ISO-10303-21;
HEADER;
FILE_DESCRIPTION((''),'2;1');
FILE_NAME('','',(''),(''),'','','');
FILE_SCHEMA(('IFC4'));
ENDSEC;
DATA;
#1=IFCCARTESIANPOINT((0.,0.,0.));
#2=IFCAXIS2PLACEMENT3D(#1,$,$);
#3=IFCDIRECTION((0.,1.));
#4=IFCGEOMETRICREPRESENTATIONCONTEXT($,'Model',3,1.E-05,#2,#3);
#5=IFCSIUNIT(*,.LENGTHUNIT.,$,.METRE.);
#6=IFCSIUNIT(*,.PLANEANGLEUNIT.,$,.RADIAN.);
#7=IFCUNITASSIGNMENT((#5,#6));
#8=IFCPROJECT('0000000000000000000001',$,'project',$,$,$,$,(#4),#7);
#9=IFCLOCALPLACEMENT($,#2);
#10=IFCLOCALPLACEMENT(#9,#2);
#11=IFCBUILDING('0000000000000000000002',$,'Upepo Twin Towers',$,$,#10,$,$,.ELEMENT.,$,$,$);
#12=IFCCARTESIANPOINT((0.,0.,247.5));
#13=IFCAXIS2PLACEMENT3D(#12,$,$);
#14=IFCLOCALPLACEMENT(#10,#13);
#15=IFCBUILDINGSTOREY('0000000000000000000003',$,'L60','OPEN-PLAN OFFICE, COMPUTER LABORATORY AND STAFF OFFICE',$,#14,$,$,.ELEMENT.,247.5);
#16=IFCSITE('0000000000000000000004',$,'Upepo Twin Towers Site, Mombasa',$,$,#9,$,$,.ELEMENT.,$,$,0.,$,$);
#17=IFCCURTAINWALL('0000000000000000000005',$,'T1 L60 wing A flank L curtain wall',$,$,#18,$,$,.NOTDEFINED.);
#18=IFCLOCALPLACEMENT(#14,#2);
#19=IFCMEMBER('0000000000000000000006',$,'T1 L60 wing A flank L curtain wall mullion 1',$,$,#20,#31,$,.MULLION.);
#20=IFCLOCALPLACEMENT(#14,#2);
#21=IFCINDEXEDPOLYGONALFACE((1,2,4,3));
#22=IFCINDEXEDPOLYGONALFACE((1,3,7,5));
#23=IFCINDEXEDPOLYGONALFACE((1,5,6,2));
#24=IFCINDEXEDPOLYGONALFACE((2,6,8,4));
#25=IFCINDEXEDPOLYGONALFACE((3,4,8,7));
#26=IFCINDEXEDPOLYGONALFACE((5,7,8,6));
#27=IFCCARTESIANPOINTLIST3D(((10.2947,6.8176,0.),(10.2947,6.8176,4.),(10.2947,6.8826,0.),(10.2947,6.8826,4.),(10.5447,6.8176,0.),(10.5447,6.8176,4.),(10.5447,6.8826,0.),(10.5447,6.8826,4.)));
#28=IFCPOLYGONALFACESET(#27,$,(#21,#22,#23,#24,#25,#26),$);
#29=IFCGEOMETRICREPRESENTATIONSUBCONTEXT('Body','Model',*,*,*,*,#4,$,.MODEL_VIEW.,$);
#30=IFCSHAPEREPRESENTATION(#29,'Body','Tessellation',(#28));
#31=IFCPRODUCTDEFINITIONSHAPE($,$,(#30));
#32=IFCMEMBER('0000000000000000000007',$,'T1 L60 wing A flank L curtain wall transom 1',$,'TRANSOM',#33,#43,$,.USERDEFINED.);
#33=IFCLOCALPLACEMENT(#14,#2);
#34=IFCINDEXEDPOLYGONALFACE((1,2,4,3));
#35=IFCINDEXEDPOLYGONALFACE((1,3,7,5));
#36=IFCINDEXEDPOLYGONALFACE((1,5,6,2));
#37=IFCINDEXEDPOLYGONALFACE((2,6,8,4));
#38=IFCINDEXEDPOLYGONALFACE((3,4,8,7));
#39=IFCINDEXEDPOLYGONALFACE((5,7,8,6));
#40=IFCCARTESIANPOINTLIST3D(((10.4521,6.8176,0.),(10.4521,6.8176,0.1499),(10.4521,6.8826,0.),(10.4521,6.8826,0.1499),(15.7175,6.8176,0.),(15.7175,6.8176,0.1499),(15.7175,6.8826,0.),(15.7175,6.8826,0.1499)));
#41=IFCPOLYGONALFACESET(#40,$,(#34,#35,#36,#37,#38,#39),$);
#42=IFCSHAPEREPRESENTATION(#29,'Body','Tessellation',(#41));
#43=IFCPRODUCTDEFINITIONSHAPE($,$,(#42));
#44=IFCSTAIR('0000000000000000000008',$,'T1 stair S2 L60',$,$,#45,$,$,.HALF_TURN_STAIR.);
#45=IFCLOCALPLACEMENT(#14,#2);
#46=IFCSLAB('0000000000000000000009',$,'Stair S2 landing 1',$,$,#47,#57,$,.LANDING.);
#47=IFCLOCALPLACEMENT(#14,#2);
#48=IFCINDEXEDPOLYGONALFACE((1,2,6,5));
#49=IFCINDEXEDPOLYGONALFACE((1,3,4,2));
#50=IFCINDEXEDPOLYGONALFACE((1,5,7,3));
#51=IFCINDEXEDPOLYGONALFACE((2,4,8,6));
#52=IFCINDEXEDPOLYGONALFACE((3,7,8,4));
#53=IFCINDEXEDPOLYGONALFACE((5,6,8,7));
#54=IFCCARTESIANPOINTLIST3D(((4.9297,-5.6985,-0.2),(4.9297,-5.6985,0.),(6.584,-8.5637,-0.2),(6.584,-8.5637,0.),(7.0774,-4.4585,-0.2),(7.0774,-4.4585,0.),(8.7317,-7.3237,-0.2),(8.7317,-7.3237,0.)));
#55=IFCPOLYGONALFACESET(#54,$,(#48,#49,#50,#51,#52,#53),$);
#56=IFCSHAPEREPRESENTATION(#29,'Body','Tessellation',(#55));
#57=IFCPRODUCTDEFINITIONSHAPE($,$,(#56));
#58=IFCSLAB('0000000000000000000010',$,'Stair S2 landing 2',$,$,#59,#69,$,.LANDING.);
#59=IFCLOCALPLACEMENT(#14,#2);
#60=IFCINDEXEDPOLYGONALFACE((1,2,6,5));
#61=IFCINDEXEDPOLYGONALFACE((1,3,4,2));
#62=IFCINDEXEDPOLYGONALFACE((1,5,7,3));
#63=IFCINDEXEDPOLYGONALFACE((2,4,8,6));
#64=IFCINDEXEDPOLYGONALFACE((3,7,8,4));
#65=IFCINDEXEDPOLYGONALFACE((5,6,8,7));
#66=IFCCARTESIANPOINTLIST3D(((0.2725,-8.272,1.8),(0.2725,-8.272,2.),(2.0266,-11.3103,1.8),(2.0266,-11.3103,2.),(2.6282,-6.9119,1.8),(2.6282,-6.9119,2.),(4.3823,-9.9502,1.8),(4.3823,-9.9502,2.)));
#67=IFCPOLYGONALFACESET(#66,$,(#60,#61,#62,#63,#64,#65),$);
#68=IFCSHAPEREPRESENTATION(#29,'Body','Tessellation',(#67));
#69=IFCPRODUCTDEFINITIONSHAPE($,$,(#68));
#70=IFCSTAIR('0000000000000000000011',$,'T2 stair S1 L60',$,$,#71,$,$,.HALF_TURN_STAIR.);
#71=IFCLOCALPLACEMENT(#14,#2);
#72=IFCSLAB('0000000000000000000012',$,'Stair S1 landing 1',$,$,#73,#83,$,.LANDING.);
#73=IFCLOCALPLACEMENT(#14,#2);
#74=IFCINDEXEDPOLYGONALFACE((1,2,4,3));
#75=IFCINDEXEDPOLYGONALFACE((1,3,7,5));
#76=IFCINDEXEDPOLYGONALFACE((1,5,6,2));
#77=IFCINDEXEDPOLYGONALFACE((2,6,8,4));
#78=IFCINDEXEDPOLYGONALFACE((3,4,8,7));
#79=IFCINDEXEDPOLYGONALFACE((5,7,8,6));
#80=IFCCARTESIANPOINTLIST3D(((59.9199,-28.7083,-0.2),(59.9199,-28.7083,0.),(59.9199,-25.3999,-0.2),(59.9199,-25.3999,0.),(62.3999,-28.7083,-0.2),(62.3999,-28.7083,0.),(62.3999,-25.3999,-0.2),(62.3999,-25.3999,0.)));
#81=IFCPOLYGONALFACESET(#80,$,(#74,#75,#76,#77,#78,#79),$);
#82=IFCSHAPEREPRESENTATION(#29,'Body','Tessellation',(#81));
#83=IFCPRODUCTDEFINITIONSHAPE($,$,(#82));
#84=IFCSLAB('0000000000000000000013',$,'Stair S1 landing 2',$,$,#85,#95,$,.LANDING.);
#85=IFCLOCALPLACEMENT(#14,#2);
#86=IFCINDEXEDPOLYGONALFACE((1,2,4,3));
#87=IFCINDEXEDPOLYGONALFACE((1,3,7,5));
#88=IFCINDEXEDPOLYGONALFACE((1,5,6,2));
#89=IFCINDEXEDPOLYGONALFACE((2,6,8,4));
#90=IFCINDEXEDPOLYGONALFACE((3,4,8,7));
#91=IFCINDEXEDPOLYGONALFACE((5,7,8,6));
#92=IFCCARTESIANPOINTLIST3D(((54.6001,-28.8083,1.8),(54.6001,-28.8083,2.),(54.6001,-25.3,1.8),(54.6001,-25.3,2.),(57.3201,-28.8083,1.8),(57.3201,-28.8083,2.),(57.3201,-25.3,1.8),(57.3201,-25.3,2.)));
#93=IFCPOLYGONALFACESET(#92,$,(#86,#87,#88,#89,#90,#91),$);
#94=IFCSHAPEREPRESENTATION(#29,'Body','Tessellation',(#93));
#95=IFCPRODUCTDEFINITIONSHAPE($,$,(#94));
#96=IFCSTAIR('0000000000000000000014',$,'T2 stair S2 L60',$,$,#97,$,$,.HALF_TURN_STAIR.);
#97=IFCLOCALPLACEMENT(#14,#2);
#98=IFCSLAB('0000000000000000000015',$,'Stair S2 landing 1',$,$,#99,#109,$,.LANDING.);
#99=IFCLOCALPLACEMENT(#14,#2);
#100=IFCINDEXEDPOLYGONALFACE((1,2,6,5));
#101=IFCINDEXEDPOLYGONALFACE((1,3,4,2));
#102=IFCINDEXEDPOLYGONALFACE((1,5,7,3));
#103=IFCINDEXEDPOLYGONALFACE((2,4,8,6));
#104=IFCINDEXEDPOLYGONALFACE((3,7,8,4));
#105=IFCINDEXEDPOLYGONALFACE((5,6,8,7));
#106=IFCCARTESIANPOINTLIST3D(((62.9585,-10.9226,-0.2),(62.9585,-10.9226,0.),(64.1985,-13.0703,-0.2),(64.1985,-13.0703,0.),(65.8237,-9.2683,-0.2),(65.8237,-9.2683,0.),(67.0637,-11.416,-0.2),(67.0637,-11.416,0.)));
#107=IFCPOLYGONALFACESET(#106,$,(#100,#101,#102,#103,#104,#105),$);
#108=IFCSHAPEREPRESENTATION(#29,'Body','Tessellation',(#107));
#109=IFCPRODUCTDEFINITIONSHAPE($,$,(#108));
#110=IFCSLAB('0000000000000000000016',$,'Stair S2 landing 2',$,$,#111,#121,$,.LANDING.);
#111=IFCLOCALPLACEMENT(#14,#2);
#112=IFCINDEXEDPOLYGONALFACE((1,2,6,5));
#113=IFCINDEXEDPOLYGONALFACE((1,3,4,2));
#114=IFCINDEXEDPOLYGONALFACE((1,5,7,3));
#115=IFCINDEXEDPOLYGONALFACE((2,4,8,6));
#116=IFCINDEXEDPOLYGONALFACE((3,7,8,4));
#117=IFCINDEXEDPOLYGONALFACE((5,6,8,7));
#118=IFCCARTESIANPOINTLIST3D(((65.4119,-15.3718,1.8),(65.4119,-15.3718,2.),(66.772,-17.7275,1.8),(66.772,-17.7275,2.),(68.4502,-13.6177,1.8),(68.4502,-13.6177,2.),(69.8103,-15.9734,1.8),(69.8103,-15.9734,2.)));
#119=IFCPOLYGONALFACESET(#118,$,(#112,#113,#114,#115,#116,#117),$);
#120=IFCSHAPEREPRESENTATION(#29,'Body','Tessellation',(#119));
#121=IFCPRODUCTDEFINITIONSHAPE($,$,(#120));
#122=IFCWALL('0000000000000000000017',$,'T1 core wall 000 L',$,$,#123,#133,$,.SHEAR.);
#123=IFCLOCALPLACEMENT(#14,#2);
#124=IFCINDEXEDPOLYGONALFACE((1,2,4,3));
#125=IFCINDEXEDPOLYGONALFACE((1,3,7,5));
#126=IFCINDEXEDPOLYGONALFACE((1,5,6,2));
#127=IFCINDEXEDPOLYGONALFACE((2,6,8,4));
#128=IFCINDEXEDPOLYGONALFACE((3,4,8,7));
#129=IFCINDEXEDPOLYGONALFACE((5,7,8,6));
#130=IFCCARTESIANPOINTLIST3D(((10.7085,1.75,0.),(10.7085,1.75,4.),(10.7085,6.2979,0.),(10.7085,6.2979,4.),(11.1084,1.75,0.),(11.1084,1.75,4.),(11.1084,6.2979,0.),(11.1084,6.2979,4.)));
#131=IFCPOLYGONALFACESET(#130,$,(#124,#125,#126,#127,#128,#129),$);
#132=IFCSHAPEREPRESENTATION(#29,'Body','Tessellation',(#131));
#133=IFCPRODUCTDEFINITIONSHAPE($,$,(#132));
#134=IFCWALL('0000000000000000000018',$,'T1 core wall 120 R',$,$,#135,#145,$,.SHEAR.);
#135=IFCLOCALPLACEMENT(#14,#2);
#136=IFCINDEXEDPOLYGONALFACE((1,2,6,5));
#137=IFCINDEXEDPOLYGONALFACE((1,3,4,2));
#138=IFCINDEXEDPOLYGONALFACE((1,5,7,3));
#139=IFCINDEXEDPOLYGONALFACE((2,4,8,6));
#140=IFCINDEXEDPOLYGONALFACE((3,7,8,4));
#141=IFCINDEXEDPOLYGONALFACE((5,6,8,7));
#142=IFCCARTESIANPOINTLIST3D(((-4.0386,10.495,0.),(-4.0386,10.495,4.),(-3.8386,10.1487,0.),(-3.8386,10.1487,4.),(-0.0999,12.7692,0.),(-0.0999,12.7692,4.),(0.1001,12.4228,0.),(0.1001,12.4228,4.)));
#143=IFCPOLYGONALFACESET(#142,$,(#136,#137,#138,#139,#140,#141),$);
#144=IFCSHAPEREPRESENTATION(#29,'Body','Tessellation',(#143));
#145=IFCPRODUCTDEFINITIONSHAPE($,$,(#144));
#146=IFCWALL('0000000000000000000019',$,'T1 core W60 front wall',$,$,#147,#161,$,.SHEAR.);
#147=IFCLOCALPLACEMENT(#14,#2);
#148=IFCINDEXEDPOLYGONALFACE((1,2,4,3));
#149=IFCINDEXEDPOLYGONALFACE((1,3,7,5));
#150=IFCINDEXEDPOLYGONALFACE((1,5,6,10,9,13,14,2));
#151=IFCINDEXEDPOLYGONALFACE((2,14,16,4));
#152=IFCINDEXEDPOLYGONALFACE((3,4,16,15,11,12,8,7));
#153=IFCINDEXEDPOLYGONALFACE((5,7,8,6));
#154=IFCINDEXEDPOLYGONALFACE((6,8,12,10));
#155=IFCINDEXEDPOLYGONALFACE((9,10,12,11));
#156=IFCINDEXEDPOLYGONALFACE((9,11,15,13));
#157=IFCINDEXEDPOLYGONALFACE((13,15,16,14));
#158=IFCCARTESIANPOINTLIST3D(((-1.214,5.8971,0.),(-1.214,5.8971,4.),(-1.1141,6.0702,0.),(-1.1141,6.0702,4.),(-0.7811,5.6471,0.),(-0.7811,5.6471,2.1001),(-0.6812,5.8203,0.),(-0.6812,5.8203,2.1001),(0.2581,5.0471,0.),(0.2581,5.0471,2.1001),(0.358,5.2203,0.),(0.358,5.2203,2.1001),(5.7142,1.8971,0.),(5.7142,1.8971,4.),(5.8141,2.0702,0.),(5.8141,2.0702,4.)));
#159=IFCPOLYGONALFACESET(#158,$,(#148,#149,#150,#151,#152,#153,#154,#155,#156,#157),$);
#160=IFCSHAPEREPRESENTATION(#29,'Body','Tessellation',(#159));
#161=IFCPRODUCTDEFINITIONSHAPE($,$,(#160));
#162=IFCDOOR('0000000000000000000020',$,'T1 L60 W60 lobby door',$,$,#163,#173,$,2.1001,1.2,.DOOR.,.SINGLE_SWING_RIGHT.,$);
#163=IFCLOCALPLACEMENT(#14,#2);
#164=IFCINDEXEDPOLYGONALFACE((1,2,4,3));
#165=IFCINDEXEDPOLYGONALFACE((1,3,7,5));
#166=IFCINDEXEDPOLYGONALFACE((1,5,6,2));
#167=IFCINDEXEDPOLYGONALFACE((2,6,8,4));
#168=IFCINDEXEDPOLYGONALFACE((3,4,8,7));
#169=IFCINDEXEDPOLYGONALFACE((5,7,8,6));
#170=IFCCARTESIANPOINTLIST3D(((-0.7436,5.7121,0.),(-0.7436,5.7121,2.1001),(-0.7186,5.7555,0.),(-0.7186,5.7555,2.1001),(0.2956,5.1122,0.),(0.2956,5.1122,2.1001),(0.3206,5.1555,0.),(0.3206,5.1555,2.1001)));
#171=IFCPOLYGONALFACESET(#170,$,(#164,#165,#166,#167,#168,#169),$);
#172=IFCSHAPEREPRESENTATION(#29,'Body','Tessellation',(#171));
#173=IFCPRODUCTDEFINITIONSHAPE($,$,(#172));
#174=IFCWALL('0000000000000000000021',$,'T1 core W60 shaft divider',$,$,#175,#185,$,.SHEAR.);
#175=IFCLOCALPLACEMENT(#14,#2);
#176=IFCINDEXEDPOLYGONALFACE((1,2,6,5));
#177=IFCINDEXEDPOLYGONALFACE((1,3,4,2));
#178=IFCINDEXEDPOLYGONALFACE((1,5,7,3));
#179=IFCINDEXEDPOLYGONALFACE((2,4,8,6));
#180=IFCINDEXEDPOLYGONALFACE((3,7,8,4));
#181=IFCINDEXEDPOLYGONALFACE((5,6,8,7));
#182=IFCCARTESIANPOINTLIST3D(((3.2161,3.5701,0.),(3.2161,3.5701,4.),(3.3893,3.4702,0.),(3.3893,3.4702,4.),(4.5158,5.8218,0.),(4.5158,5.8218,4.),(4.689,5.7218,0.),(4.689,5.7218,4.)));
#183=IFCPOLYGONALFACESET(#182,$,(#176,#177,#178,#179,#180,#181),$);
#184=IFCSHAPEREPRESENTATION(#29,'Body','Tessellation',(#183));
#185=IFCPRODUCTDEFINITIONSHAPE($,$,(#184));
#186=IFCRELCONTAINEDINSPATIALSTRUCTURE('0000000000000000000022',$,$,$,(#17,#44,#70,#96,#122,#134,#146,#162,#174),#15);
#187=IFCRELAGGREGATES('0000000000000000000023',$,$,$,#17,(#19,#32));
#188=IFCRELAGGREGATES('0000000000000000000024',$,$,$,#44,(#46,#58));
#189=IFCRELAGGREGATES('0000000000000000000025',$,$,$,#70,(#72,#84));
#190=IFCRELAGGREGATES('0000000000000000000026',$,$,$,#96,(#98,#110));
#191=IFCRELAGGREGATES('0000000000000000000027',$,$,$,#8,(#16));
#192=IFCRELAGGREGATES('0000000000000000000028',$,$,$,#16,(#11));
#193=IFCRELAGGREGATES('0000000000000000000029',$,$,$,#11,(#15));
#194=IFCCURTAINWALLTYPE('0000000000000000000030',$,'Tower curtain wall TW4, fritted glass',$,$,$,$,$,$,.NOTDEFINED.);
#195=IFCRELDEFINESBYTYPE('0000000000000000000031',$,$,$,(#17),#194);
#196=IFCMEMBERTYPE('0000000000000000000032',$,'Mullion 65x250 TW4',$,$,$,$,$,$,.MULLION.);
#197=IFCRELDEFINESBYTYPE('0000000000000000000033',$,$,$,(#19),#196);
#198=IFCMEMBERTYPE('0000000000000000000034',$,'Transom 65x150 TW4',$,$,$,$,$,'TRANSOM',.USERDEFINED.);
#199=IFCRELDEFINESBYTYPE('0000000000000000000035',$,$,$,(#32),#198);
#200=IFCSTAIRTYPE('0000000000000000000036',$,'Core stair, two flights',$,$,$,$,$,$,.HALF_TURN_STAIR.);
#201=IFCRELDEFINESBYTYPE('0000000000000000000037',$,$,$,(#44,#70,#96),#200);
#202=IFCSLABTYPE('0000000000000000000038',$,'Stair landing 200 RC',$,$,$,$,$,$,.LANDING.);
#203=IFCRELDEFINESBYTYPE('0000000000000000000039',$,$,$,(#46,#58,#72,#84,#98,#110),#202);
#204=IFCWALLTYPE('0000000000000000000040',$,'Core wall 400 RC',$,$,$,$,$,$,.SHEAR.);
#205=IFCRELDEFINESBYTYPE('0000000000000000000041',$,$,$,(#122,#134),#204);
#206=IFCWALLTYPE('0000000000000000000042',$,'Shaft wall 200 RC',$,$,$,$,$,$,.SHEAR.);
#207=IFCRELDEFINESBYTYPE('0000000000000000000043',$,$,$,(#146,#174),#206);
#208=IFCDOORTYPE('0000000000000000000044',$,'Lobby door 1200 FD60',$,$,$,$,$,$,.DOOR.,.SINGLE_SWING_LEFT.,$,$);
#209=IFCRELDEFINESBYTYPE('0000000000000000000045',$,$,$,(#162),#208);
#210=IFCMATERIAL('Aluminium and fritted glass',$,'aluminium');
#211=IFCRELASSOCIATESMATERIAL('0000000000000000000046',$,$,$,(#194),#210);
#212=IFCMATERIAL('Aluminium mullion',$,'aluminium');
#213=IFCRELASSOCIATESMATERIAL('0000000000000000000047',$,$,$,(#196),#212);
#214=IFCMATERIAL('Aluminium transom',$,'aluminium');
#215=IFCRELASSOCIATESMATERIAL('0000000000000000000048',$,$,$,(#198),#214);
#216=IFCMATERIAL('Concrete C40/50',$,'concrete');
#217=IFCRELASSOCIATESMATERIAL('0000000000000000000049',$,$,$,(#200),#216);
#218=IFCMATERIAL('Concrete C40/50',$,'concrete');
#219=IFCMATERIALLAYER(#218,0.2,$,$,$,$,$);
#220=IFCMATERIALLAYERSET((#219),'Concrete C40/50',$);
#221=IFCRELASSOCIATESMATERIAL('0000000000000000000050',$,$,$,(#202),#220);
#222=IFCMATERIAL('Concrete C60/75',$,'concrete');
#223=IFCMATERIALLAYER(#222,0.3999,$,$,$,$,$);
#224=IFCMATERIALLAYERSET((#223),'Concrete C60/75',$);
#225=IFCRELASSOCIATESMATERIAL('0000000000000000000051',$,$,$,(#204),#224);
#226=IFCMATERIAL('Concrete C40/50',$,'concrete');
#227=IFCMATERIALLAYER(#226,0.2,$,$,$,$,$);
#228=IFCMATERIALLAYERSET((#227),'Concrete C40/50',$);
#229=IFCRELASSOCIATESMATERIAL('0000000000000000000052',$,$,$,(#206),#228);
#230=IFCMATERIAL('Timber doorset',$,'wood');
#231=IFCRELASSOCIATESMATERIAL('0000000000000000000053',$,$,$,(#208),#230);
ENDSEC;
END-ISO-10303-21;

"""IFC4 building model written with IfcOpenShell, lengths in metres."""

from ifc_helpers import new_model, si_unit, direction, frame, frame_2d, origin, origin_2d, place, context, subcontext, project, spatial, polyline, rectangle, outline, extrude, material, layer, layer_set, material_profile, profile_set, type_object, element, fill, aggregate, save


model = new_model("IFC4")

# Units and contexts
model_context = context("Model", 3, precision=1e-05, world=origin(), true_north=direction((0.0, 1.0)))
body_context = subcontext(model_context, "Body", "Model", "MODEL_VIEW")
ifc_project = project(units=[si_unit("LENGTHUNIT", "METRE"), si_unit("PLANEANGLEUNIT", "RADIAN")], contexts=[model_context])

# Site, building, storey
site_placement = place(None, origin())
site = spatial("IfcSite", under=ifc_project, at=site_placement, Name="Upepo Twin Towers Site, Mombasa", CompositionType="ELEMENT", RefElevation=0.0)
building_placement = place(site_placement, origin())
building = spatial("IfcBuilding", under=site, at=building_placement, Name="Upepo Twin Towers", CompositionType="ELEMENT")
storey_placement = place(building_placement, frame((0.0, 0.0, 247.5)))
storey = spatial("IfcBuildingStorey", under=building, at=storey_placement, Name="L60", Description="OPEN-PLAN OFFICE, COMPUTER LABORATORY AND STAFF OFFICE", CompositionType="ELEMENT", Elevation=247.5)

# Curtain wall, members
ifc_material_1 = material(Name="Aluminium and fritted glass", Category="aluminium")
curtain_wall_type = type_object("IfcCurtainWallType", Name="Tower curtain wall TW4, fritted glass", PredefinedType="NOTDEFINED", material=ifc_material_1)
curtain_wall_placement = place(storey_placement, origin())
curtain_wall = element("IfcCurtainWall", 1, at=curtain_wall_placement, inside=storey, type_object=curtain_wall_type, Name="T1 L60 wing A flank L curtain wall", PredefinedType="NOTDEFINED")
ifc_material_2 = material(Name="Aluminium mullion", Category="aluminium")
ifc_material_profile_1 = material_profile(ifc_material_2, rectangle(XDim=0.0649, YDim=0.25, at=origin_2d()), Name="MULLION 65x250")
ifc_profile_set_1 = profile_set([ifc_material_profile_1], Name="Aluminium mullion")
member_type_1 = type_object("IfcMemberType", Name="Mullion 65x250 TW4", PredefinedType="MULLION", material=ifc_profile_set_1)
member_1_placement = place(storey_placement, frame((10.4197, 6.8501, 0.0), z_axis=(0.0, 0.0, 1.0), x_axis=(0.0, 1.0, 0.0)))
member_1 = element("IfcMember", 2, at=member_1_placement, type_object=member_type_1, Name="T1 L60 wing A flank L curtain wall mullion 1", PredefinedType="MULLION", context=body_context, shape_type="SweptSolid", body=[
    extrude(rectangle(XDim=0.0649, YDim=0.25, at=origin_2d()), origin(), (0.0, 0.0, 1.0), 4.0),
])
ifc_material_3 = material(Name="Aluminium transom", Category="aluminium")
ifc_material_profile_2 = material_profile(ifc_material_3, rectangle(XDim=0.0649, YDim=0.1499, at=origin_2d()), Name="TRANSOM 65x150")
ifc_profile_set_2 = profile_set([ifc_material_profile_2], Name="Aluminium transom")
member_type_2 = type_object("IfcMemberType", Name="Transom 65x150 TW4", ElementType="TRANSOM", PredefinedType="USERDEFINED", material=ifc_profile_set_2)
member_2_placement = place(storey_placement, frame((10.4521, 6.8501, 0.075), z_axis=(1.0, 0.0, 0.0), x_axis=(0.0, 1.0, 0.0)))
member_2 = element("IfcMember", 3, at=member_2_placement, type_object=member_type_2, Name="T1 L60 wing A flank L curtain wall transom 1", ObjectType="TRANSOM", PredefinedType="USERDEFINED", context=body_context, shape_type="SweptSolid", body=[
    extrude(rectangle(XDim=0.0649, YDim=0.1499, at=origin_2d()), origin(), (0.0, 0.0, 1.0), 5.2654),
])
aggregate(curtain_wall, [member_1, member_2])

# Stairs, slabs
ifc_material_4 = material(Name="Concrete C40/50", Category="concrete")
stair_type = type_object("IfcStairType", Name="Core stair, two flights", PredefinedType="HALF_TURN_STAIR", material=ifc_material_4)
stair_1_placement = place(storey_placement, origin())
stair_1 = element("IfcStair", 4, at=stair_1_placement, inside=storey, type_object=stair_type, Name="T1 stair S2 L60", PredefinedType="HALF_TURN_STAIR")
ifc_material_5 = material(Name="Concrete C40/50", Category="concrete")
ifc_layer_1 = layer(ifc_material_5, 0.2)
ifc_layer_set_1 = layer_set([ifc_layer_1], Name="Concrete C40/50")
slab_type = type_object("IfcSlabType", Name="Stair landing 200 RC", PredefinedType="LANDING", material=ifc_layer_set_1)
slab_1_placement = place(storey_placement, frame((0.0, 0.0, -0.2)))
slab_1 = element("IfcSlab", 5, at=slab_1_placement, type_object=slab_type, Name="Stair S2 landing 1", PredefinedType="LANDING", context=body_context, shape_type="SweptSolid", body=[
    extrude(outline(polyline([(4.9297, -5.6985), (6.584, -8.5637), (8.7317, -7.3237), (7.0774, -4.4585), (4.9297, -5.6985)])), origin(), (0.0, 0.0, 1.0), 0.2),
])
slab_2_placement = place(storey_placement, frame((0.0, 0.0, 1.8)))
slab_2 = element("IfcSlab", 6, at=slab_2_placement, type_object=slab_type, Name="Stair S2 landing 2", PredefinedType="LANDING", context=body_context, shape_type="SweptSolid", body=[
    extrude(outline(polyline([(0.2725, -8.272), (2.0266, -11.3103), (4.3823, -9.9502), (2.6282, -6.9119), (0.2725, -8.272)])), origin(), (0.0, 0.0, 1.0), 0.2),
])
aggregate(stair_1, [slab_1, slab_2])
stair_2_placement = place(storey_placement, origin())
stair_2 = element("IfcStair", 7, at=stair_2_placement, inside=storey, type_object=stair_type, Name="T2 stair S1 L60", PredefinedType="HALF_TURN_STAIR")
slab_3_placement = place(storey_placement, frame((0.0, 0.0, -0.2)))
slab_3 = element("IfcSlab", 8, at=slab_3_placement, type_object=slab_type, Name="Stair S1 landing 1", PredefinedType="LANDING", context=body_context, shape_type="SweptSolid", body=[
    extrude(outline(polyline([(59.9199, -25.3999), (59.9199, -28.7083), (62.3999, -28.7083), (62.3999, -25.3999), (59.9199, -25.3999)])), origin(), (0.0, 0.0, 1.0), 0.2),
])
slab_4_placement = place(storey_placement, frame((0.0, 0.0, 1.8)))
slab_4 = element("IfcSlab", 9, at=slab_4_placement, type_object=slab_type, Name="Stair S1 landing 2", PredefinedType="LANDING", context=body_context, shape_type="SweptSolid", body=[
    extrude(outline(polyline([(54.6001, -25.3), (54.6001, -28.8083), (57.3201, -28.8083), (57.3201, -25.3), (54.6001, -25.3)])), origin(), (0.0, 0.0, 1.0), 0.2),
])
aggregate(stair_2, [slab_3, slab_4])
stair_3_placement = place(storey_placement, origin())
stair_3 = element("IfcStair", 10, at=stair_3_placement, inside=storey, type_object=stair_type, Name="T2 stair S2 L60", PredefinedType="HALF_TURN_STAIR")
slab_5_placement = place(storey_placement, frame((0.0, 0.0, -0.2)))
slab_5 = element("IfcSlab", 11, at=slab_5_placement, type_object=slab_type, Name="Stair S2 landing 1", PredefinedType="LANDING", context=body_context, shape_type="SweptSolid", body=[
    extrude(outline(polyline([(64.1985, -13.0703), (67.0637, -11.416), (65.8237, -9.2683), (62.9585, -10.9226), (64.1985, -13.0703)])), origin(), (0.0, 0.0, 1.0), 0.2),
])
slab_6_placement = place(storey_placement, frame((0.0, 0.0, 1.8)))
slab_6 = element("IfcSlab", 12, at=slab_6_placement, type_object=slab_type, Name="Stair S2 landing 2", PredefinedType="LANDING", context=body_context, shape_type="SweptSolid", body=[
    extrude(outline(polyline([(66.772, -17.7275), (69.8103, -15.9734), (68.4502, -13.6177), (65.4119, -15.3718), (66.772, -17.7275)])), origin(), (0.0, 0.0, 1.0), 0.2),
])
aggregate(stair_3, [slab_5, slab_6])

# Walls
ifc_material_6 = material(Name="Concrete C60/75", Category="concrete")
ifc_layer_2 = layer(ifc_material_6, 0.3999)
ifc_layer_set_2 = layer_set([ifc_layer_2], Name="Concrete C60/75")
wall_type_1 = type_object("IfcWallType", Name="Core wall 400 RC", PredefinedType="SHEAR", material=ifc_layer_set_2)
wall_1_placement = place(storey_placement, frame((10.9084, 1.75, 0.0), z_axis=(0.0, 0.0, 1.0), x_axis=(0.0, 1.0, 0.0)))
element("IfcWall", 13, at=wall_1_placement, inside=storey, type_object=wall_type_1, Name="T1 core wall 000 L", PredefinedType="SHEAR", context=body_context, shape_type="SweptSolid", body=[
    extrude(rectangle(XDim=4.5479, YDim=0.3999, at=frame_2d((2.2739, 0.0))), origin(), (0.0, 0.0, 1.0), 4.0),
])
wall_2_placement = place(storey_placement, frame((0.0, 12.5959, 0.0), z_axis=(0.0, 0.0, 1.0), x_axis=(-0.866011, -0.500024, 0.0)))
element("IfcWall", 14, at=wall_2_placement, inside=storey, type_object=wall_type_1, Name="T1 core wall 120 R", PredefinedType="SHEAR", context=body_context, shape_type="SweptSolid", body=[
    extrude(rectangle(XDim=4.5481, YDim=0.3999, at=frame_2d((2.2739, 0.0))), origin(), (0.0, 0.0, 1.0), 4.0),
])

# Wall, opening, door
ifc_material_7 = material(Name="Concrete C40/50", Category="concrete")
ifc_layer_3 = layer(ifc_material_7, 0.2)
ifc_layer_set_3 = layer_set([ifc_layer_3], Name="Concrete C40/50")
wall_type_2 = type_object("IfcWallType", Name="Shaft wall 200 RC", PredefinedType="SHEAR", material=ifc_layer_set_3)
wall_3_placement = place(storey_placement, frame((5.7642, 1.9836, 0.0), z_axis=(0.0, 0.0, 1.0), x_axis=(-0.866026, 0.499999, 0.0)))
wall_3 = element("IfcWall", 15, at=wall_3_placement, inside=storey, type_object=wall_type_2, Name="T1 core W60 front wall", PredefinedType="SHEAR", context=body_context, shape_type="SweptSolid", body=[
    extrude(rectangle(XDim=8.0, YDim=0.2, at=frame_2d((4.0, 0.0))), origin(), (0.0, 0.0, 1.0), 4.0),
])
opening_1_placement = place(wall_3_placement, frame((6.3, 0.0, 0.0)))
opening_1 = element("IfcOpeningElement", 16, at=opening_1_placement, cuts=wall_3, PredefinedType="OPENING", context=body_context, shape_type="SweptSolid", body=[
    extrude(rectangle(XDim=1.2, YDim=2.1001, at=frame_2d((0.6001, 1.05))), frame((0.0, 0.1099, 0.0), z_axis=(0.0, -1.0, 0.0), x_axis=(1.0, 0.0, 0.0)), (0.0, 0.0, 1.0), 0.22),
])
ifc_material_8 = material(Name="Timber doorset", Category="wood")
door_type_1 = type_object("IfcDoorType", Name="Lobby door 1200 FD60", OperationType="SINGLE_SWING_LEFT", PredefinedType="DOOR", material=ifc_material_8)
door_1_placement = place(opening_1_placement, origin())
door_1 = element("IfcDoor", 17, at=door_1_placement, inside=storey, type_object=door_type_1, Name="T1 L60 W60 lobby door", OperationType="SINGLE_SWING_RIGHT", OverallHeight=2.1001, OverallWidth=1.2, PredefinedType="DOOR", context=body_context, shape_type="SweptSolid", body=[
    extrude(rectangle(XDim=1.2, YDim=2.1001, at=frame_2d((0.6001, 1.05))), frame((0.0, 0.0249, 0.0), z_axis=(0.0, -1.0, 0.0), x_axis=(1.0, 0.0, 0.0)), (0.0, 0.0, 1.0), 0.05),
])
fill(opening_1, door_1)

# Wall
for number, where, z_axis, x_axis, name in (
    (18, (3.3027, 3.5203, 0.0), (0.0, 0.0, 1.0), (0.499937, 0.866062, 0.0), "T1 core W60 shaft divider"),
):
    element("IfcWall", number, at=place(storey_placement, frame(where, z_axis=z_axis, x_axis=x_axis)), inside=storey, type_object=wall_type_2, Name=name, PredefinedType="SHEAR", context=body_context, shape_type="SweptSolid", body=[
        extrude(rectangle(XDim=2.5999, YDim=0.2, at=frame_2d((1.2998, 0.0))), origin(), (0.0, 0.0, 1.0), 4.0),
    ])

save(model, "model.ifc")
